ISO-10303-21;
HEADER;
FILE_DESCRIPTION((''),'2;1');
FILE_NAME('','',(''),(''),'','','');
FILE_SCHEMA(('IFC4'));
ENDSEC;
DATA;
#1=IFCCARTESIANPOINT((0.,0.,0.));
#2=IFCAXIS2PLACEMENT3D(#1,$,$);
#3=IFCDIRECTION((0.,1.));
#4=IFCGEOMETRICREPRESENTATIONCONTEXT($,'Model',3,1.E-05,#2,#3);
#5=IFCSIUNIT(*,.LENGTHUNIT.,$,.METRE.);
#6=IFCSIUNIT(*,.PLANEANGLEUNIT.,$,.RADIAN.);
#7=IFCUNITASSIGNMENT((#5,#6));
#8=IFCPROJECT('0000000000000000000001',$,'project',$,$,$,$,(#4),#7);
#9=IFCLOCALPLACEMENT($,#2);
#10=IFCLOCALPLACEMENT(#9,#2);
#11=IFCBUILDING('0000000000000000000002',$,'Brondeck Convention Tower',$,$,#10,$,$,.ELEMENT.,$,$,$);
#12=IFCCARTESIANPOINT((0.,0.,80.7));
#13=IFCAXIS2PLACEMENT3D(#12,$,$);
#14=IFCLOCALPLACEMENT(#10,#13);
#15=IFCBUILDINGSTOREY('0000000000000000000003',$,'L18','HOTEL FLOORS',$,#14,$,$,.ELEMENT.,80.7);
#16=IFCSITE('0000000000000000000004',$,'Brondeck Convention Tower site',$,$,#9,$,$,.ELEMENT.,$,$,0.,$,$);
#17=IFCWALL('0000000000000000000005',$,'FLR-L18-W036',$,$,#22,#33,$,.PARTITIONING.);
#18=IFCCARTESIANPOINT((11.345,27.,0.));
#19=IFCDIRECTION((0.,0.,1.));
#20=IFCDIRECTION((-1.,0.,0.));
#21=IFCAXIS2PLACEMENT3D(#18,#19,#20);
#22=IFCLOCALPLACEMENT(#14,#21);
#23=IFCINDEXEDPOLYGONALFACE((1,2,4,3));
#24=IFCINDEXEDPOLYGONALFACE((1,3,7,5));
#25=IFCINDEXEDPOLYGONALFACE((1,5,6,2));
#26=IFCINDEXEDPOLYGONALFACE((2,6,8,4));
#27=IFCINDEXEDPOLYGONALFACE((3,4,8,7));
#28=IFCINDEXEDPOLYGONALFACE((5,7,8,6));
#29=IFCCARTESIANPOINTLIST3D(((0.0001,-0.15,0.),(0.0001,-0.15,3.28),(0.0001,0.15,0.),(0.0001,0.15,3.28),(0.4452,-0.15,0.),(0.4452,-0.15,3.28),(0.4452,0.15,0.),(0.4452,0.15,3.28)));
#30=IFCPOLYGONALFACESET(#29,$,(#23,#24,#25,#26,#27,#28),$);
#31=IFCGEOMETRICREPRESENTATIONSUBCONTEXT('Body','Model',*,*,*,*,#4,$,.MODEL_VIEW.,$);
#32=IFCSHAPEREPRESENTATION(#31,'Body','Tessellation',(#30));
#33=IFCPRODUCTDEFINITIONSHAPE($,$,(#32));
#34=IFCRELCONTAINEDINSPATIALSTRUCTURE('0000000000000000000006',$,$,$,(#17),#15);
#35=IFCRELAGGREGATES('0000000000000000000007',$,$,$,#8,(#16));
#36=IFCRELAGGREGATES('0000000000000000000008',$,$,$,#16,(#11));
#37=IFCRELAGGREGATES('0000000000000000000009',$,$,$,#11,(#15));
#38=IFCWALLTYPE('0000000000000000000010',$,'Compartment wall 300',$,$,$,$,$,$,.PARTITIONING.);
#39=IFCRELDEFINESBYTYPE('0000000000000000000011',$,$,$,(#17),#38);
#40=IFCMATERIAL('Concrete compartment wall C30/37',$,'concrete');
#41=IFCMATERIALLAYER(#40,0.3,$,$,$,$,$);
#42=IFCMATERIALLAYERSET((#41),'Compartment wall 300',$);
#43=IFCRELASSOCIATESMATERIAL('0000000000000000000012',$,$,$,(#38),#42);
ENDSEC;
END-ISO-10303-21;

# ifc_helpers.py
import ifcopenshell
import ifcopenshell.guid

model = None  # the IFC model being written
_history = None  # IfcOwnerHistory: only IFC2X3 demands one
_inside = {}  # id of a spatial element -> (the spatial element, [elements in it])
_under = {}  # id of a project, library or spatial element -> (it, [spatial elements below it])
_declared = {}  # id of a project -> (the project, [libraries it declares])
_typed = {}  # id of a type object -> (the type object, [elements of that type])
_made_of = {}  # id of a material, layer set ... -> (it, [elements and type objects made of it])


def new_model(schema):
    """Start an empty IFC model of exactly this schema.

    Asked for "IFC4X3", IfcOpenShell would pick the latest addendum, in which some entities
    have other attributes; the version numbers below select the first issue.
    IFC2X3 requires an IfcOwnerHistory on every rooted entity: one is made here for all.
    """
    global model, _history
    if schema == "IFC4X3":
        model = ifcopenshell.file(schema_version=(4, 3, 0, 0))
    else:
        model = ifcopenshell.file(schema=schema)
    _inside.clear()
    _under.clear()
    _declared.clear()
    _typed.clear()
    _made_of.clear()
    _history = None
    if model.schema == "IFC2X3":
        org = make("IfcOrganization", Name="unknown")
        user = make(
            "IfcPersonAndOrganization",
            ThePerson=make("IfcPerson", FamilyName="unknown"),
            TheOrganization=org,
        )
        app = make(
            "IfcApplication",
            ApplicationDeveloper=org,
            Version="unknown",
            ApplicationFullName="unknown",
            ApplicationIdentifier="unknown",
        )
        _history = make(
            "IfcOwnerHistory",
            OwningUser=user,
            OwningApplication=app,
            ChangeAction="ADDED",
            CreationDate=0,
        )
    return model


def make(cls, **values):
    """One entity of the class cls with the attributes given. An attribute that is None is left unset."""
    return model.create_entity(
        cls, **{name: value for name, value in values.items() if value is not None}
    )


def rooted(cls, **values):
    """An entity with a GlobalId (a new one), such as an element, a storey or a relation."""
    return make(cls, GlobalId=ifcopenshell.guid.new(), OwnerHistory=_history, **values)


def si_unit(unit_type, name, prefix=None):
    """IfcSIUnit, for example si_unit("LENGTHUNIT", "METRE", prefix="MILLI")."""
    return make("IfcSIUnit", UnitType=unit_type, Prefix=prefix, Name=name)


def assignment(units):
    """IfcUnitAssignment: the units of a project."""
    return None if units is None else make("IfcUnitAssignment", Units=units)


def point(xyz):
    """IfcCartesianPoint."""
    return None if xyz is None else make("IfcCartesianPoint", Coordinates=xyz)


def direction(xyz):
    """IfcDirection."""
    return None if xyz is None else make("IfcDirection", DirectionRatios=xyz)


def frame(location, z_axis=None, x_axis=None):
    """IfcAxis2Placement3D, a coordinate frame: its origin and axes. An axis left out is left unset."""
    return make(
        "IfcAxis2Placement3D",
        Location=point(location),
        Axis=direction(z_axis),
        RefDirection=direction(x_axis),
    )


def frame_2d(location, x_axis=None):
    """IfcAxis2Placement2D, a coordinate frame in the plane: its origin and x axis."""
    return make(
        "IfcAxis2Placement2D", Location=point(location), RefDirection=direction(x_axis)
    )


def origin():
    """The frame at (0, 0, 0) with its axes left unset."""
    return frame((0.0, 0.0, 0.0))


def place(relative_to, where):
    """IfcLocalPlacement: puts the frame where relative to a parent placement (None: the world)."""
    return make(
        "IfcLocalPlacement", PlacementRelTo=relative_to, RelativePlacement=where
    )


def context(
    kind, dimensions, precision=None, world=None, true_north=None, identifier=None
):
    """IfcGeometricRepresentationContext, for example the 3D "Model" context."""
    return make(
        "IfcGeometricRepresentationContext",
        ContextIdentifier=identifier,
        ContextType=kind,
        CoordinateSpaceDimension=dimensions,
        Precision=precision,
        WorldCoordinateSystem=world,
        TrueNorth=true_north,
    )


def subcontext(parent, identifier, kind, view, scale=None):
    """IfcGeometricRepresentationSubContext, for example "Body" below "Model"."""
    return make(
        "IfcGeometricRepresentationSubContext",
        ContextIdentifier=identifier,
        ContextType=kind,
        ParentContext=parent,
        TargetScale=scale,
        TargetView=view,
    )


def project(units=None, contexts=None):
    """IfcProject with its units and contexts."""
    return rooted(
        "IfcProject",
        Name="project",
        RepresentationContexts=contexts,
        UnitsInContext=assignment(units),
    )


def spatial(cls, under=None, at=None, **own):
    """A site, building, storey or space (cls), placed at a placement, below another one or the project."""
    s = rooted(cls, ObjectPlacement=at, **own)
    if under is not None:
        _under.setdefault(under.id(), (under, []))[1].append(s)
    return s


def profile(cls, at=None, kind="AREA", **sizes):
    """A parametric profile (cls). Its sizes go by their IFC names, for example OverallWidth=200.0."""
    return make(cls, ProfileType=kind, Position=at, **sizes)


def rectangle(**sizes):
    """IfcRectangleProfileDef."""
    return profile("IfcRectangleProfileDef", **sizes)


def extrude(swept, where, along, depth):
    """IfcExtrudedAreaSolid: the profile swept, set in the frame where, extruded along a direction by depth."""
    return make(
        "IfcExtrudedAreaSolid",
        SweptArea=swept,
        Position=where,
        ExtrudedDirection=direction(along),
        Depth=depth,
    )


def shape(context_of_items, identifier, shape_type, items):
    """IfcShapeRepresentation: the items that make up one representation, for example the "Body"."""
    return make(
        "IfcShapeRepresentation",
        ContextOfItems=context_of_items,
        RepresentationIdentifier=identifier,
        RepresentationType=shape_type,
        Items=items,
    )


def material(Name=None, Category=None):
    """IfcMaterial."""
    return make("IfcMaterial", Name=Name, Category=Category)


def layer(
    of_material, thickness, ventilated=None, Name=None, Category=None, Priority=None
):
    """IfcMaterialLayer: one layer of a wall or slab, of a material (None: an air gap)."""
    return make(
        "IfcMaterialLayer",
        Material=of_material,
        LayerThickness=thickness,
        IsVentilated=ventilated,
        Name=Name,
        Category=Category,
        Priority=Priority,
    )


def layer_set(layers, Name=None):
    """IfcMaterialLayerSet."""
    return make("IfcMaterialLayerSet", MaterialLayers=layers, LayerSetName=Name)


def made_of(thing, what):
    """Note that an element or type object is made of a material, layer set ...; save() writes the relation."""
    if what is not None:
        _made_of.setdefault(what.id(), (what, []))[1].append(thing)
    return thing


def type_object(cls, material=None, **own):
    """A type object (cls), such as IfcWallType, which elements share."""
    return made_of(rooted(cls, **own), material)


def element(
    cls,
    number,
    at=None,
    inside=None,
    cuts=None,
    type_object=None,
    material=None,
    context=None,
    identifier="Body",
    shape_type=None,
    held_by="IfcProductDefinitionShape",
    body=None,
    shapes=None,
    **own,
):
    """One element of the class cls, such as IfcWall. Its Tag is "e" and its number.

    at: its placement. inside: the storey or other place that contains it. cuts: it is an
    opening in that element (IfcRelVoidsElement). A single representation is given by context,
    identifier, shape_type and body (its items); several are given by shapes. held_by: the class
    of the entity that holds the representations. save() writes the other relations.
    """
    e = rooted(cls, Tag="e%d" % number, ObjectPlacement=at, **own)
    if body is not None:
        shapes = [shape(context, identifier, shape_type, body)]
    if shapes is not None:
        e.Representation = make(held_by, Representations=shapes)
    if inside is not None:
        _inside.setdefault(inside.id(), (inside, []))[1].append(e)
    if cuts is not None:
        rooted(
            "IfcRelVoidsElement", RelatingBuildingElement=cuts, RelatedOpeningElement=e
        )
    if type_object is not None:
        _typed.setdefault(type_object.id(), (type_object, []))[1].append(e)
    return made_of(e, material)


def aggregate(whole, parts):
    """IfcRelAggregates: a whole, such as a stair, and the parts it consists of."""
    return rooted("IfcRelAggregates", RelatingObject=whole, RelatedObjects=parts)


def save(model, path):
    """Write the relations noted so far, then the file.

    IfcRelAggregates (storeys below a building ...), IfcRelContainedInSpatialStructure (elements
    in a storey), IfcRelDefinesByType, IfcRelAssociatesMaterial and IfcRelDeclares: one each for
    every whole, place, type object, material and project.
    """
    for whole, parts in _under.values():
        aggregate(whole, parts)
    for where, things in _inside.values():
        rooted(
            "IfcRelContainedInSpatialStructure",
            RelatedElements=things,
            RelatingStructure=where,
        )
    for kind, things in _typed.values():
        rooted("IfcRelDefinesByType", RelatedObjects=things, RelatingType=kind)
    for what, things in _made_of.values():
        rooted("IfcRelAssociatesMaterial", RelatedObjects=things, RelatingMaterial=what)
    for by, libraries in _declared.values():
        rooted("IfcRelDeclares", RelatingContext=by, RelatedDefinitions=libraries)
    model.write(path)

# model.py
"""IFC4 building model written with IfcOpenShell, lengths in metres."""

from ifc_helpers import new_model, si_unit, direction, frame, frame_2d, origin, place, context, subcontext, project, spatial, rectangle, extrude, material, layer, layer_set, type_object, element, save


model = new_model("IFC4")

# Units and contexts
model_context = context("Model", 3, precision=1e-05, world=origin(), true_north=direction((0.0, 1.0)))
body_context = subcontext(model_context, "Body", "Model", "MODEL_VIEW")
ifc_project = project(units=[si_unit("LENGTHUNIT", "METRE"), si_unit("PLANEANGLEUNIT", "RADIAN")], contexts=[model_context])

# Site, building, storey
site_placement = place(None, origin())
site = spatial("IfcSite", under=ifc_project, at=site_placement, Name="Brondeck Convention Tower site", CompositionType="ELEMENT", RefElevation=0.0)
building_placement = place(site_placement, origin())
building = spatial("IfcBuilding", under=site, at=building_placement, Name="Brondeck Convention Tower", CompositionType="ELEMENT")
storey_placement = place(building_placement, frame((0.0, 0.0, 80.7)))
storey = spatial("IfcBuildingStorey", under=building, at=storey_placement, Name="L18", Description="HOTEL FLOORS", CompositionType="ELEMENT", Elevation=80.7)

# Wall
ifc_material_1 = material(Name="Concrete compartment wall C30/37", Category="concrete")
ifc_layer_1 = layer(ifc_material_1, 0.3)
ifc_layer_set_1 = layer_set([ifc_layer_1], Name="Compartment wall 300")
wall_type_1 = type_object("IfcWallType", Name="Compartment wall 300", PredefinedType="PARTITIONING", material=ifc_layer_set_1)
wall_1_placement = place(storey_placement, frame((11.345, 27.0, 0.0), z_axis=(0.0, 0.0, 1.0), x_axis=(-1.0, 0.0, 0.0)))
element("IfcWall", 1, at=wall_1_placement, inside=storey, type_object=wall_type_1, Name="FLR-L18-W036", PredefinedType="PARTITIONING", context=body_context, shape_type="SweptSolid", body=[
    extrude(rectangle(XDim=0.4451, YDim=0.3, at=frame_2d((0.2227, 0.0))), origin(), (0.0, 0.0, 1.0), 3.28),
])

save(model, "model.ifc")
